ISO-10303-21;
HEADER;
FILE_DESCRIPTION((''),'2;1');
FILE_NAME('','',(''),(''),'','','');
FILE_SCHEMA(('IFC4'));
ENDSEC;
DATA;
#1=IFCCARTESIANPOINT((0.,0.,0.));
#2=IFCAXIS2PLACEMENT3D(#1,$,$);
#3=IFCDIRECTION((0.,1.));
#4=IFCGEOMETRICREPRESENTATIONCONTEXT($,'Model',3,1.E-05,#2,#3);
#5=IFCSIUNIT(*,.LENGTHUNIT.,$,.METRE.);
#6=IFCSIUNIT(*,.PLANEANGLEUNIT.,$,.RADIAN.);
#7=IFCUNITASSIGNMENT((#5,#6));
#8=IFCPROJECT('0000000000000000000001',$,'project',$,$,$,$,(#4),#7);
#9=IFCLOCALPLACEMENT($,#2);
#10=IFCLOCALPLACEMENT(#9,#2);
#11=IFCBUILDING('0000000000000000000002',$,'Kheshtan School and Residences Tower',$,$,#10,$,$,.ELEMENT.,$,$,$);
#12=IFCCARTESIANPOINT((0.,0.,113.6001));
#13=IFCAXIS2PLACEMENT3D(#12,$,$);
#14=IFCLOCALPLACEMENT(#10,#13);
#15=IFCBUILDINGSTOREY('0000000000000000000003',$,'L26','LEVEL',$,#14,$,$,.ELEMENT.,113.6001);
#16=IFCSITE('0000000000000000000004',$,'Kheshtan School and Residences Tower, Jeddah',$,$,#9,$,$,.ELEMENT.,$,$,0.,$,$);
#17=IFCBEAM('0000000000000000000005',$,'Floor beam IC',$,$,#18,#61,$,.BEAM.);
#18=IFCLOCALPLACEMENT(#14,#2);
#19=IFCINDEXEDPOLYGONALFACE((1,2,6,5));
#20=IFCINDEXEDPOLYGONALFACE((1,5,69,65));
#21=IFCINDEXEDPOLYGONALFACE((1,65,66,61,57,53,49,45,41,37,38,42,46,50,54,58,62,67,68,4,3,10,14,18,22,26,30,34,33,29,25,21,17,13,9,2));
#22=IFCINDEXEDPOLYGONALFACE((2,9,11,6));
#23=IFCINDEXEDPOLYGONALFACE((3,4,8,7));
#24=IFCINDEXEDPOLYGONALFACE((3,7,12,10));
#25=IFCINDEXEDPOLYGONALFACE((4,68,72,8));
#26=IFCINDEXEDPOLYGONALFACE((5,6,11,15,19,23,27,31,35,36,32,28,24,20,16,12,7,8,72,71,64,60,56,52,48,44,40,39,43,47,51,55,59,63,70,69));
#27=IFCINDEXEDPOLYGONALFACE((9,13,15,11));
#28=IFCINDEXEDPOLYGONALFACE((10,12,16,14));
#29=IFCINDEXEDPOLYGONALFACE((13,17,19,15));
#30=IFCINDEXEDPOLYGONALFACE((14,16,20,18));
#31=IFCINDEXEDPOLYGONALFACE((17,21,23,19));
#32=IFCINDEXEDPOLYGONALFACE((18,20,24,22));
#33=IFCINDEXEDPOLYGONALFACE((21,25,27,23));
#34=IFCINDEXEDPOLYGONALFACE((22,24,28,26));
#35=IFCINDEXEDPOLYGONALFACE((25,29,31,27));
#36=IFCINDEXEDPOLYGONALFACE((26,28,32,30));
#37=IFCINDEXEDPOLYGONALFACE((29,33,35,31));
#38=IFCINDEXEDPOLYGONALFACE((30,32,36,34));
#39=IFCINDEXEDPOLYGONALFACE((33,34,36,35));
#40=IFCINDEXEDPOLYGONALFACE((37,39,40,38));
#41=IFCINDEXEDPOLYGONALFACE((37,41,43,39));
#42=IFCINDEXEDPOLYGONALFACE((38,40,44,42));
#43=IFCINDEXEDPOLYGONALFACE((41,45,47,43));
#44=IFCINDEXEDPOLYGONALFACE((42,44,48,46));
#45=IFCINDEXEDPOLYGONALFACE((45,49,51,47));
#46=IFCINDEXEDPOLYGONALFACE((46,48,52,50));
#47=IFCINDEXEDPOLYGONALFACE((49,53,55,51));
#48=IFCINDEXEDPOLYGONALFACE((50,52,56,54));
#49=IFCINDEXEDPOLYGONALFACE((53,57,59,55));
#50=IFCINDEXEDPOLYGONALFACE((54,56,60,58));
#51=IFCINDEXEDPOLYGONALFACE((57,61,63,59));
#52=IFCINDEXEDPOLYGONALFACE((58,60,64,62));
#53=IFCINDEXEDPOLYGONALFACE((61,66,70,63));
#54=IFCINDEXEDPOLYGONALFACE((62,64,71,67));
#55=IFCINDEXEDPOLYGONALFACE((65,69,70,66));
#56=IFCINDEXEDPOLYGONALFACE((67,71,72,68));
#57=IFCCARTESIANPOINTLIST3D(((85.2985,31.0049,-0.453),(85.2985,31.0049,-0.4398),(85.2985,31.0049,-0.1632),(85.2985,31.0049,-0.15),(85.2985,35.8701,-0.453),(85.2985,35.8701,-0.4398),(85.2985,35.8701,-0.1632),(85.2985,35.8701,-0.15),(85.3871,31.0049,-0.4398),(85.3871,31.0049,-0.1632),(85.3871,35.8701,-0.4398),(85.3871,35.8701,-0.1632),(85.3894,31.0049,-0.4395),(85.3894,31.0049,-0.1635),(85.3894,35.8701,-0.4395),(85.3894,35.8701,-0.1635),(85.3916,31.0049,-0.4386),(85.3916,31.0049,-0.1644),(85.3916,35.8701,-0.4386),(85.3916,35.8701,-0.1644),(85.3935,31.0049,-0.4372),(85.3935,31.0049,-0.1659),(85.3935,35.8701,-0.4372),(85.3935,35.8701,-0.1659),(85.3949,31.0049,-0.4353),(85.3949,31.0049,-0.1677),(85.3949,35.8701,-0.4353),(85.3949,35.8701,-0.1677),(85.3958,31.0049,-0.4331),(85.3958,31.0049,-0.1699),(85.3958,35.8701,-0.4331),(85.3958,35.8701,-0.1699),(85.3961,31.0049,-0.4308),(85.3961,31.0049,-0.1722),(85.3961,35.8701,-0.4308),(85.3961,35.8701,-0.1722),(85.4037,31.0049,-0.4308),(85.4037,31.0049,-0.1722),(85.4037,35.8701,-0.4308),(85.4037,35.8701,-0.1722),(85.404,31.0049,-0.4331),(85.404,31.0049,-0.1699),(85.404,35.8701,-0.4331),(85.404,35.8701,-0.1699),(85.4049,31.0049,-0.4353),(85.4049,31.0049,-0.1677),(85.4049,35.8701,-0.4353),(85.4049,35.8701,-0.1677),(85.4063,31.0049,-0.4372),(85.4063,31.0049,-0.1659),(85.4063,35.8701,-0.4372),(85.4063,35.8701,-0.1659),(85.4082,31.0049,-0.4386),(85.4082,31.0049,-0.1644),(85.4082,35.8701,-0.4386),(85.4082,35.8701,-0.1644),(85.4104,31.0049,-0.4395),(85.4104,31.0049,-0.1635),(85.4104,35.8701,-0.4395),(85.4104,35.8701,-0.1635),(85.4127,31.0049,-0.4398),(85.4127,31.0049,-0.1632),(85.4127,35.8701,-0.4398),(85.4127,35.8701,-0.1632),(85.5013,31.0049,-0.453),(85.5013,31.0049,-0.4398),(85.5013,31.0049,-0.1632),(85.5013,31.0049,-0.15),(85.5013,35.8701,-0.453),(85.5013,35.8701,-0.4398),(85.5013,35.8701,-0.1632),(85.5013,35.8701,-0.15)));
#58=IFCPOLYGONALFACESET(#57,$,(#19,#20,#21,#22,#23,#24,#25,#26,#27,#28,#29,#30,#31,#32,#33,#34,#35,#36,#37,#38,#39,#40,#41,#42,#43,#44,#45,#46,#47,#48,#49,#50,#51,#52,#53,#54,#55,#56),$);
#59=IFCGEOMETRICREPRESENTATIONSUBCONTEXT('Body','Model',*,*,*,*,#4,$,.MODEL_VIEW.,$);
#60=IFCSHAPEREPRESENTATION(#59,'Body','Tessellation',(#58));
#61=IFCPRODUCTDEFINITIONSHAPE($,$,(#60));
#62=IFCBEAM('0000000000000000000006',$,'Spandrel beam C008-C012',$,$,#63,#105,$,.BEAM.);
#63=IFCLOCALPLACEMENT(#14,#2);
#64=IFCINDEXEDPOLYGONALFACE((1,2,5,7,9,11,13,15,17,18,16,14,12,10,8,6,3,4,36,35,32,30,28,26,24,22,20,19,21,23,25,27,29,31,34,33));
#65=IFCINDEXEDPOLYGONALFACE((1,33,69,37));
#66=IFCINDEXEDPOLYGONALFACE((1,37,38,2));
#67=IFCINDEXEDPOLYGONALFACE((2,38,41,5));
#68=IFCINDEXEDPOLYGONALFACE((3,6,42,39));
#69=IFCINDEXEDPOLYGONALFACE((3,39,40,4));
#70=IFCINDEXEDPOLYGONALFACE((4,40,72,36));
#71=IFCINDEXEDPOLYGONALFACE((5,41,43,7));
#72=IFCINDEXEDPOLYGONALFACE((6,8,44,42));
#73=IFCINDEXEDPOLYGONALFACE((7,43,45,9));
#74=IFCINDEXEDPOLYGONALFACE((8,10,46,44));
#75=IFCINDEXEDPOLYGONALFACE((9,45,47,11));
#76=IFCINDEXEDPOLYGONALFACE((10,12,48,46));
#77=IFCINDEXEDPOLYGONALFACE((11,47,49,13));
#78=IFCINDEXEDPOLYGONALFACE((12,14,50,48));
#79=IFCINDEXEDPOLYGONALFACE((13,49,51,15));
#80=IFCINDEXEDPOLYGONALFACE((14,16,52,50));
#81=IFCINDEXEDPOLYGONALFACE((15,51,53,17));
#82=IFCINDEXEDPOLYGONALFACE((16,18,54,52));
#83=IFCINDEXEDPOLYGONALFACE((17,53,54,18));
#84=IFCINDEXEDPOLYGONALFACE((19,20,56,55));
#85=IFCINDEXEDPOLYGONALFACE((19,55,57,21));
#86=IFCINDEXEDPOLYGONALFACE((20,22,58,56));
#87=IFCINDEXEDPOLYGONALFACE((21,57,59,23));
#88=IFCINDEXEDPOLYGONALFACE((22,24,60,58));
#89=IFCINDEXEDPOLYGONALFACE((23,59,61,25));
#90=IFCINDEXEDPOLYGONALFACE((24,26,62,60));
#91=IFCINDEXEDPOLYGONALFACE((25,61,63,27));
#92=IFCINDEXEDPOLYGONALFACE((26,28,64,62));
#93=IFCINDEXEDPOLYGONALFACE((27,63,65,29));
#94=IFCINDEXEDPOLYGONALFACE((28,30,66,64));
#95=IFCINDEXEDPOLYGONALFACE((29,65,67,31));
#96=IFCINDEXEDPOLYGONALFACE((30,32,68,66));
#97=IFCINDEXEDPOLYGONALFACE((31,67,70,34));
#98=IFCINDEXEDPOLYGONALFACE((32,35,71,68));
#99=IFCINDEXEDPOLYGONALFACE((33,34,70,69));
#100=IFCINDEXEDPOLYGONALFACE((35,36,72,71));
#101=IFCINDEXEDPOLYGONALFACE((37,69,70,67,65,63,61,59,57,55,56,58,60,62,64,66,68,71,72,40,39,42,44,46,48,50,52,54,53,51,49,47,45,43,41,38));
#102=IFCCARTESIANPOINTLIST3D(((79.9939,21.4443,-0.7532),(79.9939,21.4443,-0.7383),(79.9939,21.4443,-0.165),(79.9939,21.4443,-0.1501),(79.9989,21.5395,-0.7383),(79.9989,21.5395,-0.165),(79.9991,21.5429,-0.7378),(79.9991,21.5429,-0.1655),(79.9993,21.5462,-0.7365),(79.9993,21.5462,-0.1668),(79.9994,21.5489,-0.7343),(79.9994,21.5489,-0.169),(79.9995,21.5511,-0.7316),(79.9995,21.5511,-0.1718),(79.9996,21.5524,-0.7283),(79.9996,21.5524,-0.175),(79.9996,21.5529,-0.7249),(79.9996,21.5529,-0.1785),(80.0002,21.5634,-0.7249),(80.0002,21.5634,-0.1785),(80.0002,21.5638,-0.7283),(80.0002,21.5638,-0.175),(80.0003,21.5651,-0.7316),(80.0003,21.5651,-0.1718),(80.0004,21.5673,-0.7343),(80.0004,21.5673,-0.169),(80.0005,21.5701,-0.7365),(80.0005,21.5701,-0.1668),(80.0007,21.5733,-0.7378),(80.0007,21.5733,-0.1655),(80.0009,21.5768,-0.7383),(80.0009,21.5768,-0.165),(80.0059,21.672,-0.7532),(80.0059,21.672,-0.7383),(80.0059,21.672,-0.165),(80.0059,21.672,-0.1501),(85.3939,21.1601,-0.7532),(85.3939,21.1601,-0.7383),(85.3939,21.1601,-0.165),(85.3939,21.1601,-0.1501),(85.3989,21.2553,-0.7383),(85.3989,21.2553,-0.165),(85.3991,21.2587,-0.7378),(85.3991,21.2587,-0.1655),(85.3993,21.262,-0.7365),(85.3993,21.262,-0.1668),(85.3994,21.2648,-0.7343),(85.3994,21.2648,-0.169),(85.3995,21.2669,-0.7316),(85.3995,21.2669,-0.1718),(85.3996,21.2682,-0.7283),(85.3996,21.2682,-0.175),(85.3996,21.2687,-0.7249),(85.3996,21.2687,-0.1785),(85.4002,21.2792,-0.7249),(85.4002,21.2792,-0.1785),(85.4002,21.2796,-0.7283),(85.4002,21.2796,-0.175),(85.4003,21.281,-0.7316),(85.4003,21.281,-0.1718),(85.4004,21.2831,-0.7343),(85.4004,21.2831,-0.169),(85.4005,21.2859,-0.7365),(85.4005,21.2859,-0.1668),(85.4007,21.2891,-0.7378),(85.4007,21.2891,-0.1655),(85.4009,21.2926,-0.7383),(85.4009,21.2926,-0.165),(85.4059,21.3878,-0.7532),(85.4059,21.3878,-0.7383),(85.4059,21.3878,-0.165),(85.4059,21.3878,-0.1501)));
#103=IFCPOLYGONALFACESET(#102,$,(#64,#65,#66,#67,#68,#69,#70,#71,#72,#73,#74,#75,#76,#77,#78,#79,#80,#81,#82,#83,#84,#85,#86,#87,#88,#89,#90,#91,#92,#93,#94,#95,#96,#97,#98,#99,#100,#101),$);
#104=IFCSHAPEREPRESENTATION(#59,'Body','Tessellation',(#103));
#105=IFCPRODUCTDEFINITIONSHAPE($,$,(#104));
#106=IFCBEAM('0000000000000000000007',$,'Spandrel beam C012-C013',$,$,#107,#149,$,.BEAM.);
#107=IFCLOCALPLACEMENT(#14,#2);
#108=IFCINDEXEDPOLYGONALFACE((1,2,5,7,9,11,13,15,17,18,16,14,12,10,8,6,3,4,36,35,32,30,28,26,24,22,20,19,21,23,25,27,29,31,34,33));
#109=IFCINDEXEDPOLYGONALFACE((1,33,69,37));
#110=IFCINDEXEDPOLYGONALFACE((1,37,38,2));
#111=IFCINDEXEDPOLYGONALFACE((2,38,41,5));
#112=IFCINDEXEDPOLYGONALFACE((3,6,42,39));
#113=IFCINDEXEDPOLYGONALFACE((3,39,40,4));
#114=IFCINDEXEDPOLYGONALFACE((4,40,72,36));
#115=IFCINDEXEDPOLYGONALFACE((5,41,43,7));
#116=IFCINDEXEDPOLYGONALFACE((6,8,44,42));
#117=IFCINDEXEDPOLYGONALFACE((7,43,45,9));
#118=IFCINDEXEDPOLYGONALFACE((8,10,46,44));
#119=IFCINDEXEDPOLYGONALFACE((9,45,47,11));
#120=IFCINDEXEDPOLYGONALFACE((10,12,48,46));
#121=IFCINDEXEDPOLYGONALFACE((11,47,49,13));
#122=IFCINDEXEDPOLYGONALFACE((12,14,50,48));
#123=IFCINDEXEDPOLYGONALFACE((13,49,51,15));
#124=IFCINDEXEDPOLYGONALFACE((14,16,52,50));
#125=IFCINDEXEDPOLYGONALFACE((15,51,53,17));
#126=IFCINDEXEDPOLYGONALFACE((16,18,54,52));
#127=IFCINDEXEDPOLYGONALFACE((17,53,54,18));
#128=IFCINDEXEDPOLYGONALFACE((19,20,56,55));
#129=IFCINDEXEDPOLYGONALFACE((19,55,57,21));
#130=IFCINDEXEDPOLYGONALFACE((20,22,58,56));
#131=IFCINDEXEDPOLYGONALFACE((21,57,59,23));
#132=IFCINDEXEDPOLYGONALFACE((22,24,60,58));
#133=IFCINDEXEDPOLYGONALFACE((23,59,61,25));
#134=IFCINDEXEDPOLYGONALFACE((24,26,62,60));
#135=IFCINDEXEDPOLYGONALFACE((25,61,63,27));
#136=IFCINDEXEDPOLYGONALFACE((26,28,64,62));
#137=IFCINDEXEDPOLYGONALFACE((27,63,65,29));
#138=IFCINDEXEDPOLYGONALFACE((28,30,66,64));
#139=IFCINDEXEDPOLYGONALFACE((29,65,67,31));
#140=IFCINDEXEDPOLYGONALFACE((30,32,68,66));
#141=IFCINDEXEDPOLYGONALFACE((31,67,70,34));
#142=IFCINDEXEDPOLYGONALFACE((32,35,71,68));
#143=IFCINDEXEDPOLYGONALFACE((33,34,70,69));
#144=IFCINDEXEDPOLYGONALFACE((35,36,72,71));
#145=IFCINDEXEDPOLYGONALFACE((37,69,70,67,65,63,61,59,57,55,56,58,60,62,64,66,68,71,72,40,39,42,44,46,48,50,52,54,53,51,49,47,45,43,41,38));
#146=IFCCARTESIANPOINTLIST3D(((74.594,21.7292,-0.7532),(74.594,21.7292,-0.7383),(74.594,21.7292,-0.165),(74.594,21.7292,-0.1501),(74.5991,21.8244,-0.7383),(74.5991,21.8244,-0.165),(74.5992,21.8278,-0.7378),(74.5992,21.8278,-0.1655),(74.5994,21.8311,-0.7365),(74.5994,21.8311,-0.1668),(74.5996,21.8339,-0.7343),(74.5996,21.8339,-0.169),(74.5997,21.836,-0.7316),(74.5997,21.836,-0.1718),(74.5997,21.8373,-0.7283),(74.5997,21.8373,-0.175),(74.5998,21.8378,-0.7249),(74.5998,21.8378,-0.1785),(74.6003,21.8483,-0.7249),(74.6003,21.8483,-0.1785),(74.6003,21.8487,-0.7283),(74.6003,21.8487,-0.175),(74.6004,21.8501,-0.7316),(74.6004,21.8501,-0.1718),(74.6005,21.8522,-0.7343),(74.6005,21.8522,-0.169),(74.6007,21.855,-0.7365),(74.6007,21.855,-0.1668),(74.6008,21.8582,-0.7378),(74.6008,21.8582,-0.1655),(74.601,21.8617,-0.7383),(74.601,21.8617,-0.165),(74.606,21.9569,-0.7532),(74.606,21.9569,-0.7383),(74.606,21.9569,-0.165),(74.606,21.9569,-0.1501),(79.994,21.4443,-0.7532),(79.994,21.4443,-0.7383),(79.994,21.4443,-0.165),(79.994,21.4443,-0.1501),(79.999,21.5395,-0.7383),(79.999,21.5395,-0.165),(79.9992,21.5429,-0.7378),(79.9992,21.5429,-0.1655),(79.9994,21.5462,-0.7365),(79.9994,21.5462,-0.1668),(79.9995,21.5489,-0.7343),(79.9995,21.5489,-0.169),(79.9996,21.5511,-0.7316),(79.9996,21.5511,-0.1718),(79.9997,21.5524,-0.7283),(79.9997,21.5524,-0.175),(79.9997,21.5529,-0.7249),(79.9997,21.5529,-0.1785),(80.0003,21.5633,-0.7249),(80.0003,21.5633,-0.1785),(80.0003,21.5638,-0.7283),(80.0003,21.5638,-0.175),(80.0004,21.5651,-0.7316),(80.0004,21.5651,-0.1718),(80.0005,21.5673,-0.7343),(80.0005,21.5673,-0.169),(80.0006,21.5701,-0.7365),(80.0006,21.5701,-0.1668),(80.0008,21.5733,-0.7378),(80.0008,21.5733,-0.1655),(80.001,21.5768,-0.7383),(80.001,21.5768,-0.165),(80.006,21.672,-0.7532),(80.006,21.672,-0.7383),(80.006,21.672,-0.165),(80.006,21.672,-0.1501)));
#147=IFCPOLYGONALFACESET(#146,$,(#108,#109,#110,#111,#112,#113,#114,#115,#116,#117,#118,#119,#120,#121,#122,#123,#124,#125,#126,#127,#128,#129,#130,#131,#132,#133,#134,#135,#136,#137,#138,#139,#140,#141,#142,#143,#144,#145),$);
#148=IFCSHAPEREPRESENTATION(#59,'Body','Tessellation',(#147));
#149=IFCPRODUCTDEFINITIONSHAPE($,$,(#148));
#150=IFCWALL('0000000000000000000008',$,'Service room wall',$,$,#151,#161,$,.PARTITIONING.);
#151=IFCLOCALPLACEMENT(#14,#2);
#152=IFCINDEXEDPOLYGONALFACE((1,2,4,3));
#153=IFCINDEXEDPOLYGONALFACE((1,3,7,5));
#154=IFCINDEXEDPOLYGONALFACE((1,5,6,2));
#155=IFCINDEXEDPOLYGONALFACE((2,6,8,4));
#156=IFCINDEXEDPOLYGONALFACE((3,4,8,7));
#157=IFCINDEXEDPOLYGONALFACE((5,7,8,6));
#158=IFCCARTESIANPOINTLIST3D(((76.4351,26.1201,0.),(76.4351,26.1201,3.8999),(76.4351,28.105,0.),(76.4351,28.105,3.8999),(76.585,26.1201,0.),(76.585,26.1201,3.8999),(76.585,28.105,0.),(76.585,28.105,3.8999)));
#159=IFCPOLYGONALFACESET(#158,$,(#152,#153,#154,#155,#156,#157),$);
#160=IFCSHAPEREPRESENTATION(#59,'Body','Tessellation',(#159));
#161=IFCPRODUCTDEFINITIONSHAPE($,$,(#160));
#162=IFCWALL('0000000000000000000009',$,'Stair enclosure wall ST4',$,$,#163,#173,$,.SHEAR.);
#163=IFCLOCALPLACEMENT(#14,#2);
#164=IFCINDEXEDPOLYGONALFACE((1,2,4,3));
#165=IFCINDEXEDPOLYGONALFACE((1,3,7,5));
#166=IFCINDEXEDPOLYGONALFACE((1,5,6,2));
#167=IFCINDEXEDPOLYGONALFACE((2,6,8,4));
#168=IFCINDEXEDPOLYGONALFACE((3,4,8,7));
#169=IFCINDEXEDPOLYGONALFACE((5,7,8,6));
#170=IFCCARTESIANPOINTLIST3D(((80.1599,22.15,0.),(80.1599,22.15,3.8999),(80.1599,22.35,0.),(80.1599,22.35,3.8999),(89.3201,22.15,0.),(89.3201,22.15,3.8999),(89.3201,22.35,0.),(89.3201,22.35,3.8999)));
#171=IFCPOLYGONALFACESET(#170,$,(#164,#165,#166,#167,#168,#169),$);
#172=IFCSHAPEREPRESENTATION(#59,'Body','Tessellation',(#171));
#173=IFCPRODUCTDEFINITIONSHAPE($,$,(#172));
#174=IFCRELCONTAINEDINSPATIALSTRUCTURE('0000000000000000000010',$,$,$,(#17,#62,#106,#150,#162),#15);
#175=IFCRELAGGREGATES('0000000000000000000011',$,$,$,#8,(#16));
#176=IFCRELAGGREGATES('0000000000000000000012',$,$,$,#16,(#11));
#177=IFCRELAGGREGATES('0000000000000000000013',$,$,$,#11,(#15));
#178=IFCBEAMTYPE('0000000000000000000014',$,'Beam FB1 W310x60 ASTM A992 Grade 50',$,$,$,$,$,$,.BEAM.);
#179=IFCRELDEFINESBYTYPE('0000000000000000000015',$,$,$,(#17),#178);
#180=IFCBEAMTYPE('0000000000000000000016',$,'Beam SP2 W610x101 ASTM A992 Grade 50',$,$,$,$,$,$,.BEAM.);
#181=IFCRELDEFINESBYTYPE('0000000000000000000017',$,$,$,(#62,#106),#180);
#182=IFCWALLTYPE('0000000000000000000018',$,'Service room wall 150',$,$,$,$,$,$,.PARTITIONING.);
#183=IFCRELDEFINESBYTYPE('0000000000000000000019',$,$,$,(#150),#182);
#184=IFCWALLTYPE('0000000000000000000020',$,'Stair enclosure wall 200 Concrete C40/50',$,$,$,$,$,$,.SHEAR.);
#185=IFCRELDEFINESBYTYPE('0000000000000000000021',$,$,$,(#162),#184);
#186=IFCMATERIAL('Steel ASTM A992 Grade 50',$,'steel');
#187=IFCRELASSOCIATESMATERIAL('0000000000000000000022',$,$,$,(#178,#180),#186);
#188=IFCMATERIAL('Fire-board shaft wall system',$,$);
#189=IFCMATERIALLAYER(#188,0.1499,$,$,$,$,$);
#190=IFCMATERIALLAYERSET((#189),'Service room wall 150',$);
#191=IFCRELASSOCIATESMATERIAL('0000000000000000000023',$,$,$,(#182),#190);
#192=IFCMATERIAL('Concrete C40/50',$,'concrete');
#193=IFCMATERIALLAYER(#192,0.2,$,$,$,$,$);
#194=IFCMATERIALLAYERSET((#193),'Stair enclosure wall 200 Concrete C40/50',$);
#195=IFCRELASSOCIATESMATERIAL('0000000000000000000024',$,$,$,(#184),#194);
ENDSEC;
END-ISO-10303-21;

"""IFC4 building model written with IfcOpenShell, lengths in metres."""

from ifc_helpers import new_model, si_unit, direction, frame, frame_2d, origin, origin_2d, place, context, subcontext, project, spatial, rectangle, i_section, extrude, material, layer, layer_set, material_profile, profile_set, type_object, element, save


model = new_model("IFC4")

# Units and contexts
model_context = context("Model", 3, precision=1e-05, world=origin(), true_north=direction((0.0, 1.0)))
body_context = subcontext(model_context, "Body", "Model", "MODEL_VIEW")
ifc_project = project(units=[si_unit("LENGTHUNIT", "METRE"), si_unit("PLANEANGLEUNIT", "RADIAN")], contexts=[model_context])

# Site, building, storey
site_placement = place(None, origin())
site = spatial("IfcSite", under=ifc_project, at=site_placement, Name="Kheshtan School and Residences Tower, Jeddah", CompositionType="ELEMENT", RefElevation=0.0)
building_placement = place(site_placement, origin())
building = spatial("IfcBuilding", under=site, at=building_placement, Name="Kheshtan School and Residences Tower", CompositionType="ELEMENT")
storey_placement = place(building_placement, frame((0.0, 0.0, 113.6001)))
storey = spatial("IfcBuildingStorey", under=building, at=storey_placement, Name="L26", Description="LEVEL", CompositionType="ELEMENT", Elevation=113.6001)

# Shared definitions
ifc_material_1 = material(Name="Steel ASTM A992 Grade 50", Category="steel")

# Beams
ifc_material_profile_1 = material_profile(ifc_material_1, i_section(OverallWidth=0.2029, OverallDepth=0.303, WebThickness=0.0076, FlangeThickness=0.0132, FilletRadius=0.009, at=origin_2d()), Name="W310x60")
ifc_profile_set_1 = profile_set([ifc_material_profile_1], Name="Steel ASTM A992 Grade 50")
beam_type_1 = type_object("IfcBeamType", Name="Beam FB1 W310x60 ASTM A992 Grade 50", PredefinedType="BEAM", material=ifc_profile_set_1)
beam_placement = place(storey_placement, frame((85.3999, 31.0049, -0.3015), z_axis=(0.0, 1.0, 0.0), x_axis=(-1.0, 0.0, 0.0)))
element("IfcBeam", 1, at=beam_placement, inside=storey, type_object=beam_type_1, Name="Floor beam IC", PredefinedType="BEAM", context=body_context, shape_type="SweptSolid", body=[
    extrude(i_section(OverallWidth=0.2029, OverallDepth=0.303, WebThickness=0.0076, FlangeThickness=0.0132, FilletRadius=0.009, at=origin_2d()), origin(), (0.0, 0.0, 1.0), 4.8652),
])
ifc_material_profile_2 = material_profile(ifc_material_1, i_section(OverallWidth=0.228, OverallDepth=0.603, WebThickness=0.0105, FlangeThickness=0.0149, FilletRadius=0.0134, at=origin_2d()), Name="W610x101")
ifc_profile_set_2 = profile_set([ifc_material_profile_2], Name="Steel ASTM A992 Grade 50")
beam_type_2 = type_object("IfcBeamType", Name="Beam SP2 W610x101 ASTM A992 Grade 50", PredefinedType="BEAM", material=ifc_profile_set_2)
for number, where, z_axis, x_axis, name in (
    (2, (85.3999, 21.2739, -0.4517), (-0.998618, 0.052554, 0.0), (-0.052554, -0.998618, 0.0), "Spandrel beam C008-C012"),
    (3, (80.0, 21.5581, -0.4517), (-0.998611, 0.052689, 0.0), (-0.052689, -0.998611, 0.0), "Spandrel beam C012-C013"),
):
    element("IfcBeam", number, at=place(storey_placement, frame(where, z_axis=z_axis, x_axis=x_axis)), inside=storey, type_object=beam_type_2, Name=name, PredefinedType="BEAM", context=body_context, shape_type="SweptSolid", body=[
        extrude(i_section(OverallWidth=0.228, OverallDepth=0.603, WebThickness=0.0105, FlangeThickness=0.0149, FilletRadius=0.0134, at=origin_2d()), origin(), (0.0, 0.0, 1.0), 5.4075),
    ])

# Walls
ifc_material_2 = material(Name="Fire-board shaft wall system")
ifc_layer_1 = layer(ifc_material_2, 0.1499)
ifc_layer_set_1 = layer_set([ifc_layer_1], Name="Service room wall 150")
wall_type_1 = type_object("IfcWallType", Name="Service room wall 150", PredefinedType="PARTITIONING", material=ifc_layer_set_1)
wall_1_placement = place(storey_placement, frame((76.51, 26.1201, 0.0), z_axis=(0.0, 0.0, 1.0), x_axis=(0.0, 1.0, 0.0)))
element("IfcWall", 4, at=wall_1_placement, inside=storey, type_object=wall_type_1, Name="Service room wall", PredefinedType="PARTITIONING", context=body_context, shape_type="SweptSolid", body=[
    extrude(rectangle(XDim=1.9849, YDim=0.1499, at=frame_2d((0.9924, 0.0))), origin(), (0.0, 0.0, 1.0), 3.8999),
])
ifc_material_3 = material(Name="Concrete C40/50", Category="concrete")
ifc_layer_2 = layer(ifc_material_3, 0.2)
ifc_layer_set_2 = layer_set([ifc_layer_2], Name="Stair enclosure wall 200 Concrete C40/50")
wall_type_2 = type_object("IfcWallType", Name="Stair enclosure wall 200 Concrete C40/50", PredefinedType="SHEAR", material=ifc_layer_set_2)
wall_2_placement = place(storey_placement, frame((80.1599, 22.25, 0.0), z_axis=(0.0, 0.0, 1.0), x_axis=(1.0, 0.0, 0.0)))
element("IfcWall", 5, at=wall_2_placement, inside=storey, type_object=wall_type_2, Name="Stair enclosure wall ST4", PredefinedType="SHEAR", context=body_context, shape_type="SweptSolid", body=[
    extrude(rectangle(XDim=9.1602, YDim=0.2, at=frame_2d((4.5801, 0.0))), origin(), (0.0, 0.0, 1.0), 3.8999),
])

save(model, "model.ifc")
